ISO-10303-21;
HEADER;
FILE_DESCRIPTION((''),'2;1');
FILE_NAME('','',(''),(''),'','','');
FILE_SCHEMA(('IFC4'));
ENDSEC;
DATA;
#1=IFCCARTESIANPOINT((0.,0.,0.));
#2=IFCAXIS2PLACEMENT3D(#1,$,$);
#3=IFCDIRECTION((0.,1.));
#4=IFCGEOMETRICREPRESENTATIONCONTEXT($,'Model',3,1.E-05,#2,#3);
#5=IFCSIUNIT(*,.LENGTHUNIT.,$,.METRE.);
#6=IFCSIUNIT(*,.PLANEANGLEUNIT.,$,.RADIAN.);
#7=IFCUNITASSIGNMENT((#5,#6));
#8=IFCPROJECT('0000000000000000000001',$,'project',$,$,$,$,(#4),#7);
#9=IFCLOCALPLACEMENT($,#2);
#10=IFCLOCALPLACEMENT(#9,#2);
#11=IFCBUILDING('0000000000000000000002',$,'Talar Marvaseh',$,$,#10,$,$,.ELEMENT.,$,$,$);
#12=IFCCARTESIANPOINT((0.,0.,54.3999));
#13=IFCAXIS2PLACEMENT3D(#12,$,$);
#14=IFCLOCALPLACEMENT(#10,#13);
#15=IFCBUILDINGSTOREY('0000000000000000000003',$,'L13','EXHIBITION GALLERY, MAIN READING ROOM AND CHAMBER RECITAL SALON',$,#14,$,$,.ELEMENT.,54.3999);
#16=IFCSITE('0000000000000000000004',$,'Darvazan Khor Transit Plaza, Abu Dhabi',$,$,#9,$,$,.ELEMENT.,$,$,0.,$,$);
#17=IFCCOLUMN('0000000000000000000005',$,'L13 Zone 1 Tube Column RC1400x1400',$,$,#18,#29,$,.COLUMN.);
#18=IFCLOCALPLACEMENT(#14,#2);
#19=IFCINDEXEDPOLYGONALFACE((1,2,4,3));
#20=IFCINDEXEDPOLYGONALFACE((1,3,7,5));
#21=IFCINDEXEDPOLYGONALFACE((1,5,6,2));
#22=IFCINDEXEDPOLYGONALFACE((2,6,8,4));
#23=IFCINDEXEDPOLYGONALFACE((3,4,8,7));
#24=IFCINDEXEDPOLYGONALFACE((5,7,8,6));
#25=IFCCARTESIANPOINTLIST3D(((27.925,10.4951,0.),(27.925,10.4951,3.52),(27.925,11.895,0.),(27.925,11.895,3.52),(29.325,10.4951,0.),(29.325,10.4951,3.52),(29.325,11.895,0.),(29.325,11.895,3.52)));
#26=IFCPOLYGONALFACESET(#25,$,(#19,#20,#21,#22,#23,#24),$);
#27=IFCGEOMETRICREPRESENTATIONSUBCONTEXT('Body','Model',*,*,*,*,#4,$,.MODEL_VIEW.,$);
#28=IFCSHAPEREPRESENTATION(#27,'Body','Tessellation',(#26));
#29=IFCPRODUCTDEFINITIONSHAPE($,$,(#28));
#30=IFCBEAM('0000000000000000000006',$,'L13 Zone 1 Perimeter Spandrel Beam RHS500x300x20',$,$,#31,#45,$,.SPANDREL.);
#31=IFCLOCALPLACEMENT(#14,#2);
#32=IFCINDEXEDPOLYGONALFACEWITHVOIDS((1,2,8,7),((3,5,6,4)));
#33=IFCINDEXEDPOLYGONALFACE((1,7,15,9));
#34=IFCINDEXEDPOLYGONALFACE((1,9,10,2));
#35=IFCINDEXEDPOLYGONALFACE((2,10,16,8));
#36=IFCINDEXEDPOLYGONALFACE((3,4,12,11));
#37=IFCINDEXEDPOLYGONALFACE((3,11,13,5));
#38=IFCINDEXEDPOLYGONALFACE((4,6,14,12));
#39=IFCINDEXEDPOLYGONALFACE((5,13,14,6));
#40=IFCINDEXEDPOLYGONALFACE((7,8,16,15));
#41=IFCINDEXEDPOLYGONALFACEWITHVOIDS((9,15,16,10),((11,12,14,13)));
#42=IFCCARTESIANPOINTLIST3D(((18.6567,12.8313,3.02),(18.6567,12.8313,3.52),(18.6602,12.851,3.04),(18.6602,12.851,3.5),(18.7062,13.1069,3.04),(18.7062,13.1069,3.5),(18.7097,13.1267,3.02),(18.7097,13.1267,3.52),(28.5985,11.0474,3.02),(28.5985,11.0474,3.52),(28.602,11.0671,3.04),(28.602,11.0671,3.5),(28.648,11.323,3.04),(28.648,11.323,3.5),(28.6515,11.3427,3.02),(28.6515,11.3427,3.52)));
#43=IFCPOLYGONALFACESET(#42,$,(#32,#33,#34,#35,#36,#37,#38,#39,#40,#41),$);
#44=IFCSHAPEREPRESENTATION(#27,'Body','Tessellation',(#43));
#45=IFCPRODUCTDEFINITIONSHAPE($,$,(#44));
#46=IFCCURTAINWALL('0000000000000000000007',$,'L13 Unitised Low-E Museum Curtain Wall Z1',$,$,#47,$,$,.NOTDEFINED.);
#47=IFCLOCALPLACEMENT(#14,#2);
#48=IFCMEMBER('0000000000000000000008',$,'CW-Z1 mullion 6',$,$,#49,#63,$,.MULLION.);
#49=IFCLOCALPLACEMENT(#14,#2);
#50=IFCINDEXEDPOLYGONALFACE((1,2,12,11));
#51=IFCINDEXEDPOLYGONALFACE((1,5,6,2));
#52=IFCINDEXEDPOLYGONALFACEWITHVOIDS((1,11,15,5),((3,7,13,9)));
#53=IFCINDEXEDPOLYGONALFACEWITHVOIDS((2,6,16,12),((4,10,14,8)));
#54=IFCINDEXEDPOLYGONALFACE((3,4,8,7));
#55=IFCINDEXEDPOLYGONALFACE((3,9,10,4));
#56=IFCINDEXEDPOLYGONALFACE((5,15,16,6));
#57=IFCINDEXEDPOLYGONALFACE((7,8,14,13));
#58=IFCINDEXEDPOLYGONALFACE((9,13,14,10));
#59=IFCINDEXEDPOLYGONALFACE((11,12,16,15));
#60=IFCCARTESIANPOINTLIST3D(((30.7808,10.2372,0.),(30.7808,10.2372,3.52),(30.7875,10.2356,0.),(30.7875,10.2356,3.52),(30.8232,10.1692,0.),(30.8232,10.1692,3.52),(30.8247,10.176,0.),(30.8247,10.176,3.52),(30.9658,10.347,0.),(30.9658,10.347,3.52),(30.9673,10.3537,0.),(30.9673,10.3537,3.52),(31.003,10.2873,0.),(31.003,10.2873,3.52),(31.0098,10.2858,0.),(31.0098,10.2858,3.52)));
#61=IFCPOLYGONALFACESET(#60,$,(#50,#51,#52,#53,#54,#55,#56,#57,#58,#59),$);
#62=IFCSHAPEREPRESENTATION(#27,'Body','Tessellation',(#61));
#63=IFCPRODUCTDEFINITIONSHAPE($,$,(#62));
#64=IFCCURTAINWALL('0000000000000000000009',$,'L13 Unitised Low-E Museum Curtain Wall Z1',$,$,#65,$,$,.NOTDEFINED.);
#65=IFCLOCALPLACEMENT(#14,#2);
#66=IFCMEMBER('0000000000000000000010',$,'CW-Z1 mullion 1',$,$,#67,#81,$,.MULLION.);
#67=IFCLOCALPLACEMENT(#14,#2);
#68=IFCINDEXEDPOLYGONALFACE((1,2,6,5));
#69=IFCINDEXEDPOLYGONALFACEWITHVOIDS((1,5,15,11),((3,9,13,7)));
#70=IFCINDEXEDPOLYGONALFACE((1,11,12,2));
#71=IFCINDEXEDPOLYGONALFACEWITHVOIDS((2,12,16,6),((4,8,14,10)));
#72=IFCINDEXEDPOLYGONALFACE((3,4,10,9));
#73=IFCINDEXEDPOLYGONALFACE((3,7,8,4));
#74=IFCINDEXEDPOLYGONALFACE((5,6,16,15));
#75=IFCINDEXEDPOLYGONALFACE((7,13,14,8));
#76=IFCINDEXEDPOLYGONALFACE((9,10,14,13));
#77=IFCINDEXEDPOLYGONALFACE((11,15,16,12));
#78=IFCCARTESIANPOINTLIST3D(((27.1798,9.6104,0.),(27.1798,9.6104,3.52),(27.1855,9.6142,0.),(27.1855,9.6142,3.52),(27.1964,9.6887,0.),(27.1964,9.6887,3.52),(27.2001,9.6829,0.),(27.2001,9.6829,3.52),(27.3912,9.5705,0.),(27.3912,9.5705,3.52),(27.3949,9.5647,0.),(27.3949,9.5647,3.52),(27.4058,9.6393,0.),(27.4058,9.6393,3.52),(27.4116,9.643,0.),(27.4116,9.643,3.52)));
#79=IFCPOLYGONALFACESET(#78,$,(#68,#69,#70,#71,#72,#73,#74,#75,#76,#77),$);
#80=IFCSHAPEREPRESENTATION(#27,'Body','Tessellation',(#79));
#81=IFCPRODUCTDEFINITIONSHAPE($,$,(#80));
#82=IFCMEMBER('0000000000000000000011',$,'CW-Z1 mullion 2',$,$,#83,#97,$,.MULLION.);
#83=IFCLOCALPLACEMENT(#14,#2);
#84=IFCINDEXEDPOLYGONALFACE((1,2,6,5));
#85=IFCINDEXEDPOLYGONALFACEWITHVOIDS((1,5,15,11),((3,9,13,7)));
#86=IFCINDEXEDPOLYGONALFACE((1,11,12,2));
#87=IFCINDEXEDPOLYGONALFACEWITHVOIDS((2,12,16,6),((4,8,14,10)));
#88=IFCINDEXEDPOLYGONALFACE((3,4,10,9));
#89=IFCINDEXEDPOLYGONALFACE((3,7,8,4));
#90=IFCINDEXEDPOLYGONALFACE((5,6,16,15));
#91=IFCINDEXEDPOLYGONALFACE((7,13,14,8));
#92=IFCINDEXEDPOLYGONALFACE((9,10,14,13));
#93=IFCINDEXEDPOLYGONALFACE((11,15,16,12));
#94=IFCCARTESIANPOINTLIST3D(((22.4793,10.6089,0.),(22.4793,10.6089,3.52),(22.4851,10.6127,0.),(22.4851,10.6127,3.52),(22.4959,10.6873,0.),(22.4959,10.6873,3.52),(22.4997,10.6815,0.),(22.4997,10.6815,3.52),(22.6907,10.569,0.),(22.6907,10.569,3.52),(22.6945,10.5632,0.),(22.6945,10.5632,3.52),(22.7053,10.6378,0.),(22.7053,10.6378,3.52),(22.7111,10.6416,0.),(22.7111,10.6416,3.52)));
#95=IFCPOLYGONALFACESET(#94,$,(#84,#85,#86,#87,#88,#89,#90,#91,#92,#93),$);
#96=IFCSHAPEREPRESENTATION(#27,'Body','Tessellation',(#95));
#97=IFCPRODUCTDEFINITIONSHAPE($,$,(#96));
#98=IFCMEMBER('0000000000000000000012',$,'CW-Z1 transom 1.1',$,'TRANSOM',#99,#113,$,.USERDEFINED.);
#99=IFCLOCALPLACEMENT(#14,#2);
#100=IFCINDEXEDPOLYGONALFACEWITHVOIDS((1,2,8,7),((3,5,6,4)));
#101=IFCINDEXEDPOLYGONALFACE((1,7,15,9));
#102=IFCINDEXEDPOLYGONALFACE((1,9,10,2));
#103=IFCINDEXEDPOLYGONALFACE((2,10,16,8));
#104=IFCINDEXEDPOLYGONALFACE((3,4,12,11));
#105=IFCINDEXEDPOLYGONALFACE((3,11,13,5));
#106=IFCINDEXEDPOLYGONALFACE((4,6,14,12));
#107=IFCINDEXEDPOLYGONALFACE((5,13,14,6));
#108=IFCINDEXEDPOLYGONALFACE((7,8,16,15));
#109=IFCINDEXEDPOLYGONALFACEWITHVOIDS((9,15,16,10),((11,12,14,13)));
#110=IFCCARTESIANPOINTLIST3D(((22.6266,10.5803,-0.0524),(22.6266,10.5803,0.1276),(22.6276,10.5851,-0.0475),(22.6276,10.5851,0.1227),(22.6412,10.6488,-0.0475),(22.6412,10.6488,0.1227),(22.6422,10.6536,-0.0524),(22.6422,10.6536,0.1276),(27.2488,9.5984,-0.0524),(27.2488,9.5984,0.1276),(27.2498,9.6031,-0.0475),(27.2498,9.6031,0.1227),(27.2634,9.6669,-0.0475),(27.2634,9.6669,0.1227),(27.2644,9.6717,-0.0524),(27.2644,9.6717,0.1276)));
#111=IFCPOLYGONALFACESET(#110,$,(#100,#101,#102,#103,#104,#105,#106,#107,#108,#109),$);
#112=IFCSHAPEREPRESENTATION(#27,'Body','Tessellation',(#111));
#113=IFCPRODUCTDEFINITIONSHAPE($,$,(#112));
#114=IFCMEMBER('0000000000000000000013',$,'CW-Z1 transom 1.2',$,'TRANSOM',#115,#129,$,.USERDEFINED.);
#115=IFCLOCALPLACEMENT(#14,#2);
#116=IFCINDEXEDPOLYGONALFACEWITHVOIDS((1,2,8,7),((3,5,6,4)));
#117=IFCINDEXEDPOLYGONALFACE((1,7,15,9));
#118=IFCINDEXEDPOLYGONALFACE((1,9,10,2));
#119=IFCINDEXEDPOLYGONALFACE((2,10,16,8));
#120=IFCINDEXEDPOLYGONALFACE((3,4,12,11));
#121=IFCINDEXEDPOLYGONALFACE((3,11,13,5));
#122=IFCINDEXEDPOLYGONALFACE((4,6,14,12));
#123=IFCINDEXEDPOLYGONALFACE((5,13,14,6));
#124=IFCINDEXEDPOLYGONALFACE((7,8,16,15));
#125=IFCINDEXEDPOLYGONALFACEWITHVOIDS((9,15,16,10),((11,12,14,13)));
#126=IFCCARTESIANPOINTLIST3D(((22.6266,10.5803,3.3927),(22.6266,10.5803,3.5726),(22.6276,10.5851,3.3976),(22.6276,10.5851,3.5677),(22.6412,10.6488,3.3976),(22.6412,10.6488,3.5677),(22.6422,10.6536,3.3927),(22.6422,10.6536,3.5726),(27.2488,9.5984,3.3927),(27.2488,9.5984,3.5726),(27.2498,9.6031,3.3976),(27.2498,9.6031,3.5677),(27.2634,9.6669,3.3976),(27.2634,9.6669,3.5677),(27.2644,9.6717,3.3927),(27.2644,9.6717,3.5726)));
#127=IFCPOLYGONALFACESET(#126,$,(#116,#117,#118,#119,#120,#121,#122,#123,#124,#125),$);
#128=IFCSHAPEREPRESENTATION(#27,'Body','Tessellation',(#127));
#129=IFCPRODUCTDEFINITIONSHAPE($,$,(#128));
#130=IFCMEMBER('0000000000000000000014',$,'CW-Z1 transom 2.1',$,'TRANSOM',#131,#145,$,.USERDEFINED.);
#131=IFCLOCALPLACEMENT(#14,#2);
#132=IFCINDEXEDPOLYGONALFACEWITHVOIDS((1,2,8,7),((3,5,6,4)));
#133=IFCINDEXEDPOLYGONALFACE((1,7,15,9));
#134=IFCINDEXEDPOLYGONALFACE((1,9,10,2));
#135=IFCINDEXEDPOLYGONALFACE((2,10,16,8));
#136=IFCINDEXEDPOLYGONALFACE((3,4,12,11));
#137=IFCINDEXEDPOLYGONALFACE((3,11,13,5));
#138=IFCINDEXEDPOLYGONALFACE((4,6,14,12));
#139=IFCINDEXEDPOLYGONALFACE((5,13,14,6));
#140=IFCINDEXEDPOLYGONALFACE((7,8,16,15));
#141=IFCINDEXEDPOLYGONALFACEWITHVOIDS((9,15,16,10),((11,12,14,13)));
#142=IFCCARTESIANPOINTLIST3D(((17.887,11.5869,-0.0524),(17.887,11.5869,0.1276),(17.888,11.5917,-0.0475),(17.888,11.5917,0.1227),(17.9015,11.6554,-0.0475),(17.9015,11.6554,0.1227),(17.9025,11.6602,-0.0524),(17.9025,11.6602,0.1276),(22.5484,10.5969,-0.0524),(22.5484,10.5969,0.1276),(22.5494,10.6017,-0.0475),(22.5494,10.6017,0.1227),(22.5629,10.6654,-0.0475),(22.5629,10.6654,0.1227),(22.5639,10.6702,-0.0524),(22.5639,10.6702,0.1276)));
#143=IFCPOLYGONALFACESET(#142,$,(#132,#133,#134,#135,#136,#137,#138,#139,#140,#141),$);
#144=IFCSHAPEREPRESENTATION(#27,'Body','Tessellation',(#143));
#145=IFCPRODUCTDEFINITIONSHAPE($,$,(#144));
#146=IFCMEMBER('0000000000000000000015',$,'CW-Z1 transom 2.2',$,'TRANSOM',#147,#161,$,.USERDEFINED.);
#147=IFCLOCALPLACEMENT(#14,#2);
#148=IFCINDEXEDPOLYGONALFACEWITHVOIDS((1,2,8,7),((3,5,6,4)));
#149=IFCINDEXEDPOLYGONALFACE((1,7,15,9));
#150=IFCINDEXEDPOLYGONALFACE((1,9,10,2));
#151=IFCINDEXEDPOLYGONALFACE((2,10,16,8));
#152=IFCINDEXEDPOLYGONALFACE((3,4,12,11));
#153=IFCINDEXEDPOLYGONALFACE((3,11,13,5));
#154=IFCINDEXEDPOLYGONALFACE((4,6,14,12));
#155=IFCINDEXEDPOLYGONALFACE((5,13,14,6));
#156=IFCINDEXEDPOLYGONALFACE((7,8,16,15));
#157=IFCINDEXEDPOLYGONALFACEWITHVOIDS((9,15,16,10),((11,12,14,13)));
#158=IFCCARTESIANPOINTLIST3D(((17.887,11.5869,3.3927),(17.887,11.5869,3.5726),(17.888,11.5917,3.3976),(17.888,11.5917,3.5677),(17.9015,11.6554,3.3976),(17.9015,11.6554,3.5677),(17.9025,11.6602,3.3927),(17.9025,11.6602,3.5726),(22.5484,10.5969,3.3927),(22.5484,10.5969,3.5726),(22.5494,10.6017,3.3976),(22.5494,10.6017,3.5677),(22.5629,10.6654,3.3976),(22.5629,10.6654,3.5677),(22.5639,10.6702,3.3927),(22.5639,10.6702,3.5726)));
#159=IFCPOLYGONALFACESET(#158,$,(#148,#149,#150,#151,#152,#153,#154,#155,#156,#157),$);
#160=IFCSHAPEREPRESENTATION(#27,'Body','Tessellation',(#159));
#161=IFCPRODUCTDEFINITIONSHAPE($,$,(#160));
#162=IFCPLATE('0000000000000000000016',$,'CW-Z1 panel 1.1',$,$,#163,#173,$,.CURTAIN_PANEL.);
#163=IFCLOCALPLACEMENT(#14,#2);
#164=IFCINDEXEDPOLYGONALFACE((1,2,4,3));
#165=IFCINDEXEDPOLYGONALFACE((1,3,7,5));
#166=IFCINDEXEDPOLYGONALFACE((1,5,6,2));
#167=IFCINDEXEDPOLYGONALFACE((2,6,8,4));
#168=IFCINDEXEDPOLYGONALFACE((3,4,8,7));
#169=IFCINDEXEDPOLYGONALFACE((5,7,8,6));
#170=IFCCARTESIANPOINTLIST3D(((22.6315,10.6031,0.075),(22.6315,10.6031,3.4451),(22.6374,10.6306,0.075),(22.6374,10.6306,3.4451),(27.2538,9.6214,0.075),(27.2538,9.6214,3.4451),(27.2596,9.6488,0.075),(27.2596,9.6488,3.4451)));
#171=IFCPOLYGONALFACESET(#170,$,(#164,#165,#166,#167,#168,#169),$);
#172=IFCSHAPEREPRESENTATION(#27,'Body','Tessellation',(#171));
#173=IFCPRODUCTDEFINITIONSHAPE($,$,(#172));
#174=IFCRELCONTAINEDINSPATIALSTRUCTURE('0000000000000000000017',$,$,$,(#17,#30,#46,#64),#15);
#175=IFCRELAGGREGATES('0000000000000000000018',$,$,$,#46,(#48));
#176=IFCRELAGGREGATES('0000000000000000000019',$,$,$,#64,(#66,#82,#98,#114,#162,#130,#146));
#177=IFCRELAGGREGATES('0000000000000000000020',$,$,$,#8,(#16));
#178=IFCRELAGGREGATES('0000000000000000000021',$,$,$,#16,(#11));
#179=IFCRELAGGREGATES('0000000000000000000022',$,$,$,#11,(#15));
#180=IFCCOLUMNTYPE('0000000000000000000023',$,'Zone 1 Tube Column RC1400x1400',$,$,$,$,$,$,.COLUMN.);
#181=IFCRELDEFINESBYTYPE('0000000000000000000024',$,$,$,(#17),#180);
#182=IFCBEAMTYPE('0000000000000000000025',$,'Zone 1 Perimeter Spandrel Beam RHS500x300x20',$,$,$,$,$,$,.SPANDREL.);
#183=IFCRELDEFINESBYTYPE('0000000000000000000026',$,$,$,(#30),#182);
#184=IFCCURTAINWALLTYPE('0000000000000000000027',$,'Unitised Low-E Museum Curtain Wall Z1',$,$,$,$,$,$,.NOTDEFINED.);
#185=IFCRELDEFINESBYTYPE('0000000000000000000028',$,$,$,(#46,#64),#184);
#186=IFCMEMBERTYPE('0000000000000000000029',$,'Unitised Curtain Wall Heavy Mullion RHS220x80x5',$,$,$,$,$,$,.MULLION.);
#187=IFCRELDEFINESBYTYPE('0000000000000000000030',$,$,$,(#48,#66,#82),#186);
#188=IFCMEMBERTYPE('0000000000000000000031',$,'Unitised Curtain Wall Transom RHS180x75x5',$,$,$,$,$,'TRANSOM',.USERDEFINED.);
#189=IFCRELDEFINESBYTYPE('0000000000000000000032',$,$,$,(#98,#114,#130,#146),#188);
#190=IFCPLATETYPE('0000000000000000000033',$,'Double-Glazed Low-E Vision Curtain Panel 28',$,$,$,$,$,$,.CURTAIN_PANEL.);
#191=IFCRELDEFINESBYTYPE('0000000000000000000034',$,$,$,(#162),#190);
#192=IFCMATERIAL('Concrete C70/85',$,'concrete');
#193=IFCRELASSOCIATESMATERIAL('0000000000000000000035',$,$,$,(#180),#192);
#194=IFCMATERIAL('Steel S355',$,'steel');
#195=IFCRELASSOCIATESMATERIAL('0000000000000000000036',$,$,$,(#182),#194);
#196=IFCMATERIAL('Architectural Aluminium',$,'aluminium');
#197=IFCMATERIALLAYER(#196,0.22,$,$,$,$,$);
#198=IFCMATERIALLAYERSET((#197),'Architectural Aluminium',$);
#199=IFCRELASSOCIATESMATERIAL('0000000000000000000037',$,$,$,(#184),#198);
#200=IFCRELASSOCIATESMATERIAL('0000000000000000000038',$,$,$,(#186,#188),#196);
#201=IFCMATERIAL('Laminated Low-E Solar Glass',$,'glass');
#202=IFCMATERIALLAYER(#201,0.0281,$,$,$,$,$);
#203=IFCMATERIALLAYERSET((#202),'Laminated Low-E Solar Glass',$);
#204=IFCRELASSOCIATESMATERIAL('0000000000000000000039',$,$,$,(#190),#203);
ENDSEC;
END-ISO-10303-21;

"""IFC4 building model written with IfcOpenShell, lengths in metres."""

from ifc_helpers import new_model, si_unit, direction, frame, origin, origin_2d, place, context, subcontext, project, spatial, rectangle, hollow_rectangle, extrude, source, transform, mapped, material, layer, layer_set, material_profile, profile_set, type_object, type_shapes, element, aggregate, save


model = new_model("IFC4")

# Units and contexts
model_context = context("Model", 3, precision=1e-05, world=origin(), true_north=direction((0.0, 1.0)))
body_context = subcontext(model_context, "Body", "Model", "MODEL_VIEW")
ifc_project = project(units=[si_unit("LENGTHUNIT", "METRE"), si_unit("PLANEANGLEUNIT", "RADIAN")], contexts=[model_context])

# Site, building, storey
site_placement = place(None, origin())
site = spatial("IfcSite", under=ifc_project, at=site_placement, Name="Darvazan Khor Transit Plaza, Abu Dhabi", CompositionType="ELEMENT", RefElevation=0.0)
building_placement = place(site_placement, origin())
building = spatial("IfcBuilding", under=site, at=building_placement, Name="Talar Marvaseh", CompositionType="ELEMENT")
storey_placement = place(building_placement, frame((0.0, 0.0, 54.3999)))
storey = spatial("IfcBuildingStorey", under=building, at=storey_placement, Name="L13", Description="EXHIBITION GALLERY, MAIN READING ROOM AND CHAMBER RECITAL SALON", CompositionType="ELEMENT", Elevation=54.3999)

# Column
ifc_material_1 = material(Name="Concrete C70/85", Category="concrete")
ifc_material_profile_1 = material_profile(ifc_material_1, rectangle(XDim=1.3999, YDim=1.3999, at=origin_2d()), Name="RC1400x1400")
ifc_profile_set_1 = profile_set([ifc_material_profile_1], Name="Concrete C70/85")
column_type = type_object("IfcColumnType", Name="Zone 1 Tube Column RC1400x1400", PredefinedType="COLUMN", material=ifc_profile_set_1)
column_placement = place(storey_placement, frame((28.625, 11.1951, 0.0), z_axis=(0.0, 0.0, 1.0), x_axis=(1.0, 0.0, 0.0)))
element("IfcColumn", 1, at=column_placement, inside=storey, type_object=column_type, Name="L13 Zone 1 Tube Column RC1400x1400", PredefinedType="COLUMN", context=body_context, shape_type="SweptSolid", body=[
    extrude(rectangle(XDim=1.3999, YDim=1.3999, at=origin_2d()), origin(), (0.0, 0.0, 1.0), 3.52),
])

# Beam
ifc_material_2 = material(Name="Steel S355", Category="steel")
ifc_material_profile_2 = material_profile(ifc_material_2, hollow_rectangle(XDim=0.3, YDim=0.5, WallThickness=0.02, at=origin_2d()), Name="RHS500x300x20")
ifc_profile_set_2 = profile_set([ifc_material_profile_2], Name="Steel S355")
beam_type = type_object("IfcBeamType", Name="Zone 1 Perimeter Spandrel Beam RHS500x300x20", PredefinedType="SPANDREL", material=ifc_profile_set_2)
beam_placement = place(storey_placement, frame((28.625, 11.1951, 3.27), z_axis=(-0.98428, 0.176615, 0.0), x_axis=(-0.176615, -0.98428, 0.0)))
element("IfcBeam", 2, at=beam_placement, inside=storey, type_object=beam_type, Name="L13 Zone 1 Perimeter Spandrel Beam RHS500x300x20", PredefinedType="SPANDREL", context=body_context, shape_type="SweptSolid", body=[
    extrude(hollow_rectangle(XDim=0.3, YDim=0.5, WallThickness=0.02, at=origin_2d()), origin(), (0.0, 0.0, 1.0), 10.1006),
])

# Curtain wall, member
ifc_material_3 = material(Name="Architectural Aluminium", Category="aluminium")
ifc_layer_1 = layer(ifc_material_3, 0.22)
ifc_layer_set_1 = layer_set([ifc_layer_1], Name="Architectural Aluminium")
curtain_wall_type = type_object("IfcCurtainWallType", Name="Unitised Low-E Museum Curtain Wall Z1", PredefinedType="NOTDEFINED", material=ifc_layer_set_1)
curtain_wall_1_placement = place(storey_placement, origin())
curtain_wall_1 = element("IfcCurtainWall", 3, at=curtain_wall_1_placement, inside=storey, type_object=curtain_wall_type, Name="L13 Unitised Low-E Museum Curtain Wall Z1", PredefinedType="NOTDEFINED")
ifc_material_profile_3 = material_profile(ifc_material_3, hollow_rectangle(XDim=0.0801, YDim=0.22, WallThickness=0.0049, at=origin_2d()), Name="RHS220x80x5")
ifc_profile_set_3 = profile_set([ifc_material_profile_3], Name="Architectural Aluminium")
member_type_1 = type_object("IfcMemberType", Name="Unitised Curtain Wall Heavy Mullion RHS220x80x5", PredefinedType="MULLION", material=ifc_profile_set_3)
shared_shape_1 = source(origin(), body_context, "Body", "SweptSolid", [
    extrude(hollow_rectangle(XDim=0.0801, YDim=0.22, WallThickness=0.0049, at=origin_2d()), origin(), (0.0, 0.0, 1.0), 3.52),
])
type_shapes(member_type_1, [shared_shape_1])
member_1_placement = place(storey_placement, frame((30.8953, 10.2615, 0.0), z_axis=(0.0, 0.0, 1.0), x_axis=(0.529787, -0.84813, 0.0)))
member_1 = element("IfcMember", 4, at=member_1_placement, type_object=member_type_1, Name="CW-Z1 mullion 6", PredefinedType="MULLION", context=body_context, shape_type="MappedRepresentation", body=[
    mapped(shared_shape_1, transform((0.0, 0.0, 0.0), x_axis=(1.0, 0.0, 0.0), y_axis=(0.0, 1.0, 0.0), z_axis=(0.0, 0.0, 1.0), scale=1.0)),
])
aggregate(curtain_wall_1, [member_1])

# Curtain wall, members, plate
curtain_wall_2_placement = place(storey_placement, origin())
curtain_wall_2 = element("IfcCurtainWall", 5, at=curtain_wall_2_placement, inside=storey, type_object=curtain_wall_type, Name="L13 Unitised Low-E Museum Curtain Wall Z1", PredefinedType="NOTDEFINED")
member_2_placement = place(storey_placement, frame((27.2957, 9.6267, 0.0), z_axis=(0.0, 0.0, 1.0), x_axis=(-0.207758, -0.97818, 0.0)))
member_2 = element("IfcMember", 6, at=member_2_placement, type_object=member_type_1, Name="CW-Z1 mullion 1", PredefinedType="MULLION", context=body_context, shape_type="MappedRepresentation", body=[
    mapped(shared_shape_1, transform((0.0, 0.0, 0.0), x_axis=(1.0, 0.0, 0.0), y_axis=(0.0, 1.0, 0.0), z_axis=(0.0, 0.0, 1.0), scale=1.0)),
])
member_3_placement = place(storey_placement, frame((22.5952, 10.6252, 0.0), z_axis=(0.0, 0.0, 1.0), x_axis=(-0.207758, -0.97818, 0.0)))
member_3 = element("IfcMember", 7, at=member_3_placement, type_object=member_type_1, Name="CW-Z1 mullion 2", PredefinedType="MULLION", context=body_context, shape_type="MappedRepresentation", body=[
    mapped(shared_shape_1, transform((0.0, 0.0, 0.0), x_axis=(1.0, 0.0, 0.0), y_axis=(0.0, 1.0, 0.0), z_axis=(0.0, 0.0, 1.0), scale=1.0)),
])
ifc_material_profile_4 = material_profile(ifc_material_3, hollow_rectangle(XDim=0.075, YDim=0.1799, WallThickness=0.0049, at=origin_2d()), Name="RHS180x75x5")
ifc_profile_set_4 = profile_set([ifc_material_profile_4], Name="Architectural Aluminium")
member_type_2 = type_object("IfcMemberType", Name="Unitised Curtain Wall Transom RHS180x75x5", ElementType="TRANSOM", PredefinedType="USERDEFINED", material=ifc_profile_set_4)
shared_shape_2 = source(origin(), body_context, "Body", "SweptSolid", [
    extrude(hollow_rectangle(XDim=0.075, YDim=0.1799, WallThickness=0.0049, at=origin_2d()), origin(), (0.0, 0.0, 1.0), 4.7253),
])
member_4_placement = place(storey_placement, frame((27.2566, 9.635, 0.0376), z_axis=(-0.97817, 0.207807, 0.0), x_axis=(-0.207807, -0.97817, 0.0)))
member_4 = element("IfcMember", 8, at=member_4_placement, type_object=member_type_2, Name="CW-Z1 transom 1.1", ObjectType="TRANSOM", PredefinedType="USERDEFINED", context=body_context, shape_type="MappedRepresentation", body=[
    mapped(shared_shape_2, transform((0.0, 0.0, 0.0), x_axis=(1.0, 0.0, 0.0), y_axis=(0.0, 1.0, 0.0), z_axis=(0.0, 0.0, 1.0), scale=1.0)),
])
member_5_placement = place(storey_placement, frame((27.2566, 9.635, 3.4827), z_axis=(-0.97817, 0.207807, 0.0), x_axis=(-0.207807, -0.97817, 0.0)))
member_5 = element("IfcMember", 9, at=member_5_placement, type_object=member_type_2, Name="CW-Z1 transom 1.2", ObjectType="TRANSOM", PredefinedType="USERDEFINED", context=body_context, shape_type="MappedRepresentation", body=[
    mapped(shared_shape_2, transform((0.0, 0.0, 0.0), x_axis=(1.0, 0.0, 0.0), y_axis=(0.0, 1.0, 0.0), z_axis=(0.0, 0.0, 1.0), scale=1.0)),
])
shared_shape_3 = source(origin(), body_context, "Body", "SweptSolid", [
    extrude(hollow_rectangle(XDim=0.075, YDim=0.1799, WallThickness=0.0049, at=origin_2d()), origin(), (0.0, 0.0, 1.0), 4.7654),
])
type_shapes(member_type_2, [shared_shape_2, shared_shape_3])
member_6_placement = place(storey_placement, frame((22.5562, 10.6335, 0.0376), z_axis=(-0.978182, 0.207748, 0.0), x_axis=(-0.207748, -0.978182, 0.0)))
member_6 = element("IfcMember", 10, at=member_6_placement, type_object=member_type_2, Name="CW-Z1 transom 2.1", ObjectType="TRANSOM", PredefinedType="USERDEFINED", context=body_context, shape_type="MappedRepresentation", body=[
    mapped(shared_shape_3, transform((0.0, 0.0, 0.0), x_axis=(1.0, 0.0, 0.0), y_axis=(0.0, 1.0, 0.0), z_axis=(0.0, 0.0, 1.0), scale=1.0)),
])
member_7_placement = place(storey_placement, frame((22.5562, 10.6335, 3.4827), z_axis=(-0.978182, 0.207748, 0.0), x_axis=(-0.207748, -0.978182, 0.0)))
member_7 = element("IfcMember", 11, at=member_7_placement, type_object=member_type_2, Name="CW-Z1 transom 2.2", ObjectType="TRANSOM", PredefinedType="USERDEFINED", context=body_context, shape_type="MappedRepresentation", body=[
    mapped(shared_shape_3, transform((0.0, 0.0, 0.0), x_axis=(1.0, 0.0, 0.0), y_axis=(0.0, 1.0, 0.0), z_axis=(0.0, 0.0, 1.0), scale=1.0)),
])
ifc_material_4 = material(Name="Laminated Low-E Solar Glass", Category="glass")
ifc_layer_2 = layer(ifc_material_4, 0.0281)
ifc_layer_set_2 = layer_set([ifc_layer_2], Name="Laminated Low-E Solar Glass")
plate_type = type_object("IfcPlateType", Name="Double-Glazed Low-E Vision Curtain Panel 28", PredefinedType="CURTAIN_PANEL", material=ifc_layer_set_2)
shared_shape_4 = source(origin(), body_context, "Body", "SweptSolid", [
    extrude(rectangle(XDim=4.7253, YDim=0.0281, at=origin_2d()), origin(), (0.0, 0.0, 1.0), 3.3701),
])
plate_1_placement = place(storey_placement, frame((24.9456, 10.126, 0.075), z_axis=(0.0, 0.0, 1.0), x_axis=(-0.97818, 0.207758, 0.0)))
plate_1 = element("IfcPlate", 12, at=plate_1_placement, type_object=plate_type, Name="CW-Z1 panel 1.1", PredefinedType="CURTAIN_PANEL", context=body_context, shape_type="MappedRepresentation", body=[
    mapped(shared_shape_4, transform((0.0, 0.0, 0.0), x_axis=(1.0, 0.0, 0.0), y_axis=(0.0, 1.0, 0.0), z_axis=(0.0, 0.0, 1.0), scale=1.0)),
])
aggregate(curtain_wall_2, [member_2, member_3, member_4, member_5, plate_1, member_6, member_7])

save(model, "model.ifc")
